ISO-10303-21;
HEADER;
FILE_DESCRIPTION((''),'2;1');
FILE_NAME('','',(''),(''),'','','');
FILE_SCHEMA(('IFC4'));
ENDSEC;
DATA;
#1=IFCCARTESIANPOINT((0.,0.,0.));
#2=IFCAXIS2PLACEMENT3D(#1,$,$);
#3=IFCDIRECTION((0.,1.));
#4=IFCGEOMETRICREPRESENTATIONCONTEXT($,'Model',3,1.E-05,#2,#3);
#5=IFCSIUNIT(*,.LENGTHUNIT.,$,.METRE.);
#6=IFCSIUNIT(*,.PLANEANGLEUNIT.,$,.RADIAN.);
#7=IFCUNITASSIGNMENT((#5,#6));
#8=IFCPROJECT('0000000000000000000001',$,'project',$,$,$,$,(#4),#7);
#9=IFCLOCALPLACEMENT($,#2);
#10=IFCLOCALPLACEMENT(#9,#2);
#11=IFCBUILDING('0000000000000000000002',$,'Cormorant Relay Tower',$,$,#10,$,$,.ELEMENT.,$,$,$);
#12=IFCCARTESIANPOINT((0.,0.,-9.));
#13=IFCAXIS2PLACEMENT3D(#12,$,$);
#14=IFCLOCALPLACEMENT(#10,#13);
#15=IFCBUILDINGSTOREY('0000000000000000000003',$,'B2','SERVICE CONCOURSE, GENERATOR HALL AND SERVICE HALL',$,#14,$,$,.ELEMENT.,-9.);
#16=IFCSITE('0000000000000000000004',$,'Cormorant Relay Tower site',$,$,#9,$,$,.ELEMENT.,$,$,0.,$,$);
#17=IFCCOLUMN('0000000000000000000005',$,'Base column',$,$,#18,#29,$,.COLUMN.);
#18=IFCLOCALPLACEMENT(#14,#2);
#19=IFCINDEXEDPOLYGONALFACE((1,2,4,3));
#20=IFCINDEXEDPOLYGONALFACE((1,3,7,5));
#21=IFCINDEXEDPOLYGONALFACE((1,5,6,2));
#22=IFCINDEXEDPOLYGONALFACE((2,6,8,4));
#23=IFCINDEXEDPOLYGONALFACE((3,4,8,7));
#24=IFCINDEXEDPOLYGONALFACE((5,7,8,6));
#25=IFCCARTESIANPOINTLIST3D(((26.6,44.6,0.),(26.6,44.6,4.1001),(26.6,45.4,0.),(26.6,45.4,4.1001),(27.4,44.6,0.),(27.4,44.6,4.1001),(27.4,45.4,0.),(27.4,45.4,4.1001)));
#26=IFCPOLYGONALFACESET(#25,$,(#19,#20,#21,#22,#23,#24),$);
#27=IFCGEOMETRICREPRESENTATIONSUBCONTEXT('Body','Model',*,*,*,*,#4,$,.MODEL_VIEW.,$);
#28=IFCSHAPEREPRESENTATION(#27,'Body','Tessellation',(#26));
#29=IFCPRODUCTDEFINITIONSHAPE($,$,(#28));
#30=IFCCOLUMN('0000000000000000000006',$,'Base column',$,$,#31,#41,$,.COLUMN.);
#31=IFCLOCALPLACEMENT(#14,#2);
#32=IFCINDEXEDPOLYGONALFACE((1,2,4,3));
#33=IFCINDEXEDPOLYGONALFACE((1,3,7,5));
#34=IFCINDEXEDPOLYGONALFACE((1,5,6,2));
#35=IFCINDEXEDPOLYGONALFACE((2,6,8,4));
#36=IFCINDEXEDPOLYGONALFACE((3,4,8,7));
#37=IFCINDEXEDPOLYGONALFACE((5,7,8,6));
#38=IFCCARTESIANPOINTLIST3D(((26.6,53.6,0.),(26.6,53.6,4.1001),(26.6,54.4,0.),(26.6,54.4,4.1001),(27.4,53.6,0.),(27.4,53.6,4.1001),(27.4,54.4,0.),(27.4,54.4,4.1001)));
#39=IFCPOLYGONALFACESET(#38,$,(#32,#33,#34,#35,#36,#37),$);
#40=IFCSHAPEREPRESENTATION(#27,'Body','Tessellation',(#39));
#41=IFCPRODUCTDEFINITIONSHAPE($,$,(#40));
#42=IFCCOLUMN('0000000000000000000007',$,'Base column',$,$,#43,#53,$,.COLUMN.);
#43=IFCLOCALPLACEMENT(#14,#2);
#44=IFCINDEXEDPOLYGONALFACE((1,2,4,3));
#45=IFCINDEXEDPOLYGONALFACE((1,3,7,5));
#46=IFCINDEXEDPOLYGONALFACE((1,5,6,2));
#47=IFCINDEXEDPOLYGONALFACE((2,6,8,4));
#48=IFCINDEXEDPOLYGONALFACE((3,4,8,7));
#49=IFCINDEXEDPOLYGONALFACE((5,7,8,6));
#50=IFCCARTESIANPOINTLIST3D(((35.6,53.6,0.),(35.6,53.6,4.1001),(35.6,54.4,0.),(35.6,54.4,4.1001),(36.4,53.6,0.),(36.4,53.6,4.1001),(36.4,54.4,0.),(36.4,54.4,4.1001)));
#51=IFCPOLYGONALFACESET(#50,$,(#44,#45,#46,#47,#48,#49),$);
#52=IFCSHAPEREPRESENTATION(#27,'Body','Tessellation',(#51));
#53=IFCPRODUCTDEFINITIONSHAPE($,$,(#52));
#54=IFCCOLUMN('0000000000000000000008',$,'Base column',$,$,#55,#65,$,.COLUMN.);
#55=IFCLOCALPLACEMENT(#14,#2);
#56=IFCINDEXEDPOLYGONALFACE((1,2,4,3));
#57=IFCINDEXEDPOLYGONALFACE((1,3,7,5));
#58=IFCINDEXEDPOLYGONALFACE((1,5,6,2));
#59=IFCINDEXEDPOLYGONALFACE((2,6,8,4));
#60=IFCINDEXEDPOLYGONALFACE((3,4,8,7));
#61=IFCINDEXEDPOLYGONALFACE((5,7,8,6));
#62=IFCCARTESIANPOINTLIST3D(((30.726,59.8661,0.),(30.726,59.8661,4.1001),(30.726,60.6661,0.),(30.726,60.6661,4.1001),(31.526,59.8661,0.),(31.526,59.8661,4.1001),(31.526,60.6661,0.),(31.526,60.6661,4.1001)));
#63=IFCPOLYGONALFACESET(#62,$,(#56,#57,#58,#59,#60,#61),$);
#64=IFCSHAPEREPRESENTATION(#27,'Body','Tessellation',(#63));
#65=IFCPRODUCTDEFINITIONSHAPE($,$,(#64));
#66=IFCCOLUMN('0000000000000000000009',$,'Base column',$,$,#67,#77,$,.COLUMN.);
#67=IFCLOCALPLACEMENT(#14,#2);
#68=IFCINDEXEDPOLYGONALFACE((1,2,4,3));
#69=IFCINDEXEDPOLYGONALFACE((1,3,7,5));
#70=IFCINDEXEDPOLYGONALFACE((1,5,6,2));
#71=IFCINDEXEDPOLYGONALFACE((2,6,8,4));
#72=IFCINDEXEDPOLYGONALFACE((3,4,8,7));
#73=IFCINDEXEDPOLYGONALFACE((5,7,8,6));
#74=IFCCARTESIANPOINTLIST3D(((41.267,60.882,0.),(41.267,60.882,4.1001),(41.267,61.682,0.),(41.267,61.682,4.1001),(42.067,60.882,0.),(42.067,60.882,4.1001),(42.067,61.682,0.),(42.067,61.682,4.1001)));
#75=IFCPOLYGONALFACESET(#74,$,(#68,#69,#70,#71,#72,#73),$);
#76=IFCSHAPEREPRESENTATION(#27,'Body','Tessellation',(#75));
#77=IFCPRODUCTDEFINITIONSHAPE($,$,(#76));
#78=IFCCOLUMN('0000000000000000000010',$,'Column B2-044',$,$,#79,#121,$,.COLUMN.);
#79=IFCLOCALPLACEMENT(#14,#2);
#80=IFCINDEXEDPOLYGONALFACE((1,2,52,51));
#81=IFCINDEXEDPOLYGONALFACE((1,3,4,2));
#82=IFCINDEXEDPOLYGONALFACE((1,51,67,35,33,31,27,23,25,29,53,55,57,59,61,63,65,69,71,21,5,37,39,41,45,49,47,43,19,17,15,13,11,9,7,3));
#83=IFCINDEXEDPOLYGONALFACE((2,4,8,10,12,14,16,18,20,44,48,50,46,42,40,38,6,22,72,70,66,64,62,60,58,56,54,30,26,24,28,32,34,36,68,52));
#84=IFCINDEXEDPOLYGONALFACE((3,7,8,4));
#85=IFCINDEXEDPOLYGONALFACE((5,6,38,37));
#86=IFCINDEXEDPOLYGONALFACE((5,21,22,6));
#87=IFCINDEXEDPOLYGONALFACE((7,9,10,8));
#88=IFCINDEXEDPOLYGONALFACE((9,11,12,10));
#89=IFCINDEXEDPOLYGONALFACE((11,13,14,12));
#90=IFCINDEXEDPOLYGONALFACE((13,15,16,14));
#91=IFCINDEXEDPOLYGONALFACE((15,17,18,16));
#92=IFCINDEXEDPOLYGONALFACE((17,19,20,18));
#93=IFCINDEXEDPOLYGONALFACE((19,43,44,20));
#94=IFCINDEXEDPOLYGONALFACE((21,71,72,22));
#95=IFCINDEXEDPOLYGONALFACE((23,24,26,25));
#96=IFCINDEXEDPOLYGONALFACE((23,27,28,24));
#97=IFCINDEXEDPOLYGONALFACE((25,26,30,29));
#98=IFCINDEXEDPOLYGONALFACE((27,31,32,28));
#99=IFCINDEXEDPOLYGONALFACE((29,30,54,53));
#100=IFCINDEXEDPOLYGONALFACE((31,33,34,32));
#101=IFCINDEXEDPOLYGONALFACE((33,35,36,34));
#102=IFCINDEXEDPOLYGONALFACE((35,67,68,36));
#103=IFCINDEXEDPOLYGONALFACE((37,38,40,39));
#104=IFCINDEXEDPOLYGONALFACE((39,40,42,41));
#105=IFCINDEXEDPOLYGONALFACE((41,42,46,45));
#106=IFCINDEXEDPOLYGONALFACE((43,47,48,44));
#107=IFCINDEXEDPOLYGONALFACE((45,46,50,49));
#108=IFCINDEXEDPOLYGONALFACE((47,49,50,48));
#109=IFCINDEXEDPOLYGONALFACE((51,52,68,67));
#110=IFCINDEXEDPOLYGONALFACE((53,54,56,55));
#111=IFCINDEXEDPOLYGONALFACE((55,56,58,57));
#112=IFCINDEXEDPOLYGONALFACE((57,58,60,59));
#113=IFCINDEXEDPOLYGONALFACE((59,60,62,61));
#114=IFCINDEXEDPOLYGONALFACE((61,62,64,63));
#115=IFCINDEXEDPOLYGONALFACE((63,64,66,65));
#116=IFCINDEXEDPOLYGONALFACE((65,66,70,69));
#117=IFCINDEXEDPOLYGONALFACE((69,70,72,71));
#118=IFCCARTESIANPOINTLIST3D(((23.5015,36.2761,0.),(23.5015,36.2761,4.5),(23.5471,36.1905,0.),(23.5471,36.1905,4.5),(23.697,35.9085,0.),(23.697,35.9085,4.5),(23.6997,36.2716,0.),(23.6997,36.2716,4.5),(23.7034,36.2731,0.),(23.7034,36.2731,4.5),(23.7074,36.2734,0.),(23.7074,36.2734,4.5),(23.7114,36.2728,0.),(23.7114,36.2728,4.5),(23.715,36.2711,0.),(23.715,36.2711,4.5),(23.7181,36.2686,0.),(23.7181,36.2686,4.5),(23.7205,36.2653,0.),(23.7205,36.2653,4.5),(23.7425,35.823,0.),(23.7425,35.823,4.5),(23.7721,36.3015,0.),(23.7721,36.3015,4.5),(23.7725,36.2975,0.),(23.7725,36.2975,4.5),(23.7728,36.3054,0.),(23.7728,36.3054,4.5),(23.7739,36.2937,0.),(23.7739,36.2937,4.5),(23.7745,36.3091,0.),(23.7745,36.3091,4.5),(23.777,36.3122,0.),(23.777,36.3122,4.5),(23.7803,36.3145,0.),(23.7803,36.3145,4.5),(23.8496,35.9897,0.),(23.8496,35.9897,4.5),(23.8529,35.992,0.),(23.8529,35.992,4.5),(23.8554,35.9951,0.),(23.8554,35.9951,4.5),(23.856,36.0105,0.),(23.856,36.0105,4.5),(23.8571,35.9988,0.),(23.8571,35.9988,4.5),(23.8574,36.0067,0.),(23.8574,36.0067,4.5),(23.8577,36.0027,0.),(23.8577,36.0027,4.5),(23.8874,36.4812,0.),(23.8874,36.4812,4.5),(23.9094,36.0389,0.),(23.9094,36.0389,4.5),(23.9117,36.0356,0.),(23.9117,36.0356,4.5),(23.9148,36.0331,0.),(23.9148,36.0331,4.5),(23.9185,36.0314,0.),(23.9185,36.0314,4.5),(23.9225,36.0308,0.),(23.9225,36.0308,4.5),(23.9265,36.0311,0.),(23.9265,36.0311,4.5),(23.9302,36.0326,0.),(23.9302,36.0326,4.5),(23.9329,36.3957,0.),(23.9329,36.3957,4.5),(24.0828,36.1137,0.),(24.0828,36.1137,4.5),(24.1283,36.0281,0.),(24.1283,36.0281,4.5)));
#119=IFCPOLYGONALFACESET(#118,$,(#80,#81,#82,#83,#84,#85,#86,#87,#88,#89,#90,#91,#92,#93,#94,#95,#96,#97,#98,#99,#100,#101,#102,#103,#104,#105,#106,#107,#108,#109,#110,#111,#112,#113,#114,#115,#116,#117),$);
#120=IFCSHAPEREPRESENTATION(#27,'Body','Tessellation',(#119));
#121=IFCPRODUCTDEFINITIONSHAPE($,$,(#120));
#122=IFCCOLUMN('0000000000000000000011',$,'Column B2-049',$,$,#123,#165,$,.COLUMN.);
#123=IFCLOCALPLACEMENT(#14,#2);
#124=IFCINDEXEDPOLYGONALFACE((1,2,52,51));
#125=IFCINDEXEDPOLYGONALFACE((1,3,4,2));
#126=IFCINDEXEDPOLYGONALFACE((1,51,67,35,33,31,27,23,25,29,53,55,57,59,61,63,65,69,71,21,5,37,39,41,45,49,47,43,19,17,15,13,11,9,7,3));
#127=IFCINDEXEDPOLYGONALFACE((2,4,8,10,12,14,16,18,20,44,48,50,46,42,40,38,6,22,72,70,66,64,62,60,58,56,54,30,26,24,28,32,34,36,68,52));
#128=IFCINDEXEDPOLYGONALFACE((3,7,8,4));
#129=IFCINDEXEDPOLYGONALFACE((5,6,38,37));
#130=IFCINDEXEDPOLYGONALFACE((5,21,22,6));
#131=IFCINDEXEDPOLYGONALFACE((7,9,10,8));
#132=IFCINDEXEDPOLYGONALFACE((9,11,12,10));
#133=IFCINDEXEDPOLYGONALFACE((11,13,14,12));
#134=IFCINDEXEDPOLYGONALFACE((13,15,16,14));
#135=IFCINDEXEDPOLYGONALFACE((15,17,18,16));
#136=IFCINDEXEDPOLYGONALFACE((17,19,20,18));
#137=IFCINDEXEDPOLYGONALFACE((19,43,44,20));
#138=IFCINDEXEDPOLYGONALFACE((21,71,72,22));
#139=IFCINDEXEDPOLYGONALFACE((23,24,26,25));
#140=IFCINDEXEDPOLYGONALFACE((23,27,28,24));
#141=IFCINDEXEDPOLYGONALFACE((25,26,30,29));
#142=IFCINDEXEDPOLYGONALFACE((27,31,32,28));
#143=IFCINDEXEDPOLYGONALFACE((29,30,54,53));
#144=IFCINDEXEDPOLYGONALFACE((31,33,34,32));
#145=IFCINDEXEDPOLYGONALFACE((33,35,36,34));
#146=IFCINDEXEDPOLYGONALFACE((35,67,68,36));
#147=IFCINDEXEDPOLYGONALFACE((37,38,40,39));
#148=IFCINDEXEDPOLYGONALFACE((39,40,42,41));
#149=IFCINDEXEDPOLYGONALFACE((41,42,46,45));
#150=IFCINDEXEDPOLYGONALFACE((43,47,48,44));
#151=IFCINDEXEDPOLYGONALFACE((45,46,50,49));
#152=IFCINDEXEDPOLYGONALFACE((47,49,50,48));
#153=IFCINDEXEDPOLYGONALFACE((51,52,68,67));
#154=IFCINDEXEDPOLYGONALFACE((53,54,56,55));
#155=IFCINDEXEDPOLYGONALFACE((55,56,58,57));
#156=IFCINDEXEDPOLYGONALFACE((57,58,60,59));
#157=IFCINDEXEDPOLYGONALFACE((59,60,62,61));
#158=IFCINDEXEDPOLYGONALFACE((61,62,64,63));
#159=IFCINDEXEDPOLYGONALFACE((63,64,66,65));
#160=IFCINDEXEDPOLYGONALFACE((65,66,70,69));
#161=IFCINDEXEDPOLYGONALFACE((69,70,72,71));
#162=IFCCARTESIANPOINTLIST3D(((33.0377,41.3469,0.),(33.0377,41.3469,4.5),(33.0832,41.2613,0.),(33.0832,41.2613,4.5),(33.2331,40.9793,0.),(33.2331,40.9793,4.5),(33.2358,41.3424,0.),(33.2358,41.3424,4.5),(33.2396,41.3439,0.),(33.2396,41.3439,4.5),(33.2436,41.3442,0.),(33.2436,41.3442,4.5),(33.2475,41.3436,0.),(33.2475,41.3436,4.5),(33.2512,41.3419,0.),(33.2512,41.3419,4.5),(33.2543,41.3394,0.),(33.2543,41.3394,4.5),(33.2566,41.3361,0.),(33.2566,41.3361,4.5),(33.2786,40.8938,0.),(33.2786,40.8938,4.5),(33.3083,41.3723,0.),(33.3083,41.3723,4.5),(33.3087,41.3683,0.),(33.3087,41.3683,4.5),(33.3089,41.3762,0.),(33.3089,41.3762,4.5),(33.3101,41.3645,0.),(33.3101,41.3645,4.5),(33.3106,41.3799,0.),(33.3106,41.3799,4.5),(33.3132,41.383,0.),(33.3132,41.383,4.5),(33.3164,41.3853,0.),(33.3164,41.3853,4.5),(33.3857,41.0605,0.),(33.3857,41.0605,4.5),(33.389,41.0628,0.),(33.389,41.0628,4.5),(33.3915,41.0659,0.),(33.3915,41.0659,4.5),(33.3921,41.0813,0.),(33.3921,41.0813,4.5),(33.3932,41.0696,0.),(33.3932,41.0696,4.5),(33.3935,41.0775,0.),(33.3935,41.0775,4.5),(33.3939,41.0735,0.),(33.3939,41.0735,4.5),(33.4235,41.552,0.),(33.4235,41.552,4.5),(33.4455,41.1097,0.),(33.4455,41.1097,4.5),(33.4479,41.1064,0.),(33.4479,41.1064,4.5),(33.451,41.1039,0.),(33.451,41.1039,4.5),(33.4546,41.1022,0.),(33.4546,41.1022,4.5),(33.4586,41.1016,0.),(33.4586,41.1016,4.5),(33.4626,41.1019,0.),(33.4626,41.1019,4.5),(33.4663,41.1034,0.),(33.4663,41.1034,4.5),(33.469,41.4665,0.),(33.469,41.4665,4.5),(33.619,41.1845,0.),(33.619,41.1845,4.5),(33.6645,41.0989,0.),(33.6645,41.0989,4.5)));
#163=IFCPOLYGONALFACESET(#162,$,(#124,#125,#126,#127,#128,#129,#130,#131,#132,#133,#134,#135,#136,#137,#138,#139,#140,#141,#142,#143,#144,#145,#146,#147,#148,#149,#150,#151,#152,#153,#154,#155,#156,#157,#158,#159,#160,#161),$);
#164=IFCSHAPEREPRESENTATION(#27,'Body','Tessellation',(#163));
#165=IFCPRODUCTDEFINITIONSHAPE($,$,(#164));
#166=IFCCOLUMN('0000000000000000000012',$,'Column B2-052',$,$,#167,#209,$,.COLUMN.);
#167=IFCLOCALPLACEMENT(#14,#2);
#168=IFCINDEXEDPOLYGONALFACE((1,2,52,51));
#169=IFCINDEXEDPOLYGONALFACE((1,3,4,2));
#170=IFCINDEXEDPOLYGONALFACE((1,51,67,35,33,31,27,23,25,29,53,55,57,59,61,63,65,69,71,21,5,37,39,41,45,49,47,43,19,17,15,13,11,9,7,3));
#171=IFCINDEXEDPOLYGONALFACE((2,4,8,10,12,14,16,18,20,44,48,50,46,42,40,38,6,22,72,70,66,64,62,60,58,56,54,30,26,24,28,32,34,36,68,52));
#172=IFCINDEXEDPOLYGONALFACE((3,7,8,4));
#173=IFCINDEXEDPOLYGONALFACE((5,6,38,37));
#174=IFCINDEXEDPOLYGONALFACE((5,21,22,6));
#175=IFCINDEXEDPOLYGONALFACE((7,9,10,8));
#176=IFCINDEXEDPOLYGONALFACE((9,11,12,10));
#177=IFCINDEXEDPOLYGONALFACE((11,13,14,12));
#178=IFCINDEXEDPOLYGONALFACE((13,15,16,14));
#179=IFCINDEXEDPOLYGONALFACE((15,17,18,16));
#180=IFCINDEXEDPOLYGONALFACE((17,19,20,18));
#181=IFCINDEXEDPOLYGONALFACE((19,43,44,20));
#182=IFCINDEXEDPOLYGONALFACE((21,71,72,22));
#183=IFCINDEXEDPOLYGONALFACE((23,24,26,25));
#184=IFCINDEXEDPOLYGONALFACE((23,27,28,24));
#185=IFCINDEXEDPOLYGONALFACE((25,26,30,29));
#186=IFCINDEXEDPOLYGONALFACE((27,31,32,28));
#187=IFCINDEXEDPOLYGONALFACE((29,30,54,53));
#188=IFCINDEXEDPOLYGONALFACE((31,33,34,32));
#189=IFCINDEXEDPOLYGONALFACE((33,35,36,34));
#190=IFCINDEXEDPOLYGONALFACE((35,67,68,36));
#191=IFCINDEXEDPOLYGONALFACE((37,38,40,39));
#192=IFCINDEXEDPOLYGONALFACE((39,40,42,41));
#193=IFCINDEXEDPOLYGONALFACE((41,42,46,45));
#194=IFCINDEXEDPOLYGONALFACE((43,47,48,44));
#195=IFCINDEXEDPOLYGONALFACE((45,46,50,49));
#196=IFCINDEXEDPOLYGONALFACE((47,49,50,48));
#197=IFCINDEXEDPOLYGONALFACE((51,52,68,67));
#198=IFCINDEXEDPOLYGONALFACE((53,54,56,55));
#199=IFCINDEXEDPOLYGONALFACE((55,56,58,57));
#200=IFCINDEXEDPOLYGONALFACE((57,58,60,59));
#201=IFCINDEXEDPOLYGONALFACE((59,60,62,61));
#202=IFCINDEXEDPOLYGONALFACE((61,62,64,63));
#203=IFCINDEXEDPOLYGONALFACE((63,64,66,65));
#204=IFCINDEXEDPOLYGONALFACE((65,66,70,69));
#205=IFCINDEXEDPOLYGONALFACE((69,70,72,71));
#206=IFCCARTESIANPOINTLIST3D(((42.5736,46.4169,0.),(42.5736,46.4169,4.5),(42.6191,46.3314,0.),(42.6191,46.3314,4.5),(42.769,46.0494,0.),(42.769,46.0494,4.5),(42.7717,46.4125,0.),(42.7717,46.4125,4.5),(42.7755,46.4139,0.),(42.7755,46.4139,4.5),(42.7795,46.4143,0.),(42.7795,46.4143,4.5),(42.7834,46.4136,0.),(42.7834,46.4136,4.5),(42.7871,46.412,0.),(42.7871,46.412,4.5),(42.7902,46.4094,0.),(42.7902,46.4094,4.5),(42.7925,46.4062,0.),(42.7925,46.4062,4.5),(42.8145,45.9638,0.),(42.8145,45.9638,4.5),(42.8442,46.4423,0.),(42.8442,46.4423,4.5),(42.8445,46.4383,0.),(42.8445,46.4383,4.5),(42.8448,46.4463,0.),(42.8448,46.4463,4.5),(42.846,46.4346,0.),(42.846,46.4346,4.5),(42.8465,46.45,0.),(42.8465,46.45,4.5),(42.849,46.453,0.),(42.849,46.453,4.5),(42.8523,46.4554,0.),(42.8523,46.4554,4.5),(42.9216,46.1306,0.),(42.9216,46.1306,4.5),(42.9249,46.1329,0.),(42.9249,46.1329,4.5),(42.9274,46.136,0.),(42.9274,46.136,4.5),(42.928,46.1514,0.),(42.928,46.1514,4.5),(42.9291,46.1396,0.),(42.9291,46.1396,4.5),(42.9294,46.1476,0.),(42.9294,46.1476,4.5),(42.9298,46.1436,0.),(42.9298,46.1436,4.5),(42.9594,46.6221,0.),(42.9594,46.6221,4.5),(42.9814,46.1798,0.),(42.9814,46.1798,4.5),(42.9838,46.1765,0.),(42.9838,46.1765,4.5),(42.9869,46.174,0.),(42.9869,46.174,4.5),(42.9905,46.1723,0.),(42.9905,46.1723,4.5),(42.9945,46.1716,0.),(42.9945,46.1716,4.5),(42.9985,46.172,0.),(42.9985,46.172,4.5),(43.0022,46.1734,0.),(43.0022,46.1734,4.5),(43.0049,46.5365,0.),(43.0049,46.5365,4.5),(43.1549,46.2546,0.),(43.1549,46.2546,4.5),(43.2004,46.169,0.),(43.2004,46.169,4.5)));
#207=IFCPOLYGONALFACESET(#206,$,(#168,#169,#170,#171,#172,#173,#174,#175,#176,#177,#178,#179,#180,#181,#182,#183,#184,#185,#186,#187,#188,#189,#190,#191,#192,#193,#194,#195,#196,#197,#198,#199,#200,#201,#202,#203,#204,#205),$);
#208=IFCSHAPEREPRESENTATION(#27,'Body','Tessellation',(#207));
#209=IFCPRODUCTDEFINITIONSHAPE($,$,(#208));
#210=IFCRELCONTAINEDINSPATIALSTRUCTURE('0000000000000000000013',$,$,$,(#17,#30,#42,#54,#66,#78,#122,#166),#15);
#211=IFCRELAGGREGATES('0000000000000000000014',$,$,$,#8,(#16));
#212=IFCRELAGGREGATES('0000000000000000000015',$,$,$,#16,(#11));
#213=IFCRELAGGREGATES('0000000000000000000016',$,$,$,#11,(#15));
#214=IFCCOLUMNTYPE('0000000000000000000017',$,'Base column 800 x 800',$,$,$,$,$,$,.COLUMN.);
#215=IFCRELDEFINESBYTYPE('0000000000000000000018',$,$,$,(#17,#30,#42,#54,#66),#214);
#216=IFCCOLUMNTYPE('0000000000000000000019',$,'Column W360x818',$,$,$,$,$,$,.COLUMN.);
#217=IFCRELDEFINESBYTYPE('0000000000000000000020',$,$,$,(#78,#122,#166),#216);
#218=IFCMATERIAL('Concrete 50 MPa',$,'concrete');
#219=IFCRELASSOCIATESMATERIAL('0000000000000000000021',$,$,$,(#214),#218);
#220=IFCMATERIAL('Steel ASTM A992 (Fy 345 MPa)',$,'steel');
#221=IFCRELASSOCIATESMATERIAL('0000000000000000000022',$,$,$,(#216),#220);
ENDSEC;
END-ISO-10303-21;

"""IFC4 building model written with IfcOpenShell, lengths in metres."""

from ifc_helpers import new_model, si_unit, direction, frame, origin, origin_2d, place, context, subcontext, project, spatial, rectangle, i_section, extrude, material, material_profile, profile_set, type_object, element, save


model = new_model("IFC4")

# Units and contexts
model_context = context("Model", 3, precision=1e-05, world=origin(), true_north=direction((0.0, 1.0)))
body_context = subcontext(model_context, "Body", "Model", "MODEL_VIEW")
ifc_project = project(units=[si_unit("LENGTHUNIT", "METRE"), si_unit("PLANEANGLEUNIT", "RADIAN")], contexts=[model_context])

# Site, building, storey
site_placement = place(None, origin())
site = spatial("IfcSite", under=ifc_project, at=site_placement, Name="Cormorant Relay Tower site", CompositionType="ELEMENT", RefElevation=0.0)
building_placement = place(site_placement, origin())
building = spatial("IfcBuilding", under=site, at=building_placement, Name="Cormorant Relay Tower", CompositionType="ELEMENT")
storey_placement = place(building_placement, frame((0.0, 0.0, -9.0)))
storey = spatial("IfcBuildingStorey", under=building, at=storey_placement, Name="B2", Description="SERVICE CONCOURSE, GENERATOR HALL AND SERVICE HALL", CompositionType="ELEMENT", Elevation=-9.0)

# Columns
ifc_material_1 = material(Name="Concrete 50 MPa", Category="concrete")
ifc_material_profile_1 = material_profile(ifc_material_1, rectangle(XDim=0.8, YDim=0.8, at=origin_2d()), Name="RC 800x800")
ifc_profile_set_1 = profile_set([ifc_material_profile_1], Name="Concrete 50 MPa")
column_type_1 = type_object("IfcColumnType", Name="Base column 800 x 800", PredefinedType="COLUMN", material=ifc_profile_set_1)
for number, where, z_axis, x_axis, name in (
    (1, (27.0, 45.0, 0.0), (0.0, 0.0, 1.0), (1.0, 0.0, 0.0), "Base column"),
    (2, (27.0, 54.0, 0.0), (0.0, 0.0, 1.0), (1.0, 0.0, 0.0), "Base column"),
    (3, (36.0, 54.0, 0.0), (0.0, 0.0, 1.0), (1.0, 0.0, 0.0), "Base column"),
    (4, (31.126, 60.2661, 0.0), (0.0, 0.0, 1.0), (1.0, 0.0, 0.0), "Base column"),
    (5, (41.667, 61.282, 0.0), (0.0, 0.0, 1.0), (1.0, 0.0, 0.0), "Base column"),
):
    element("IfcColumn", number, at=place(storey_placement, frame(where, z_axis=z_axis, x_axis=x_axis)), inside=storey, type_object=column_type_1, Name=name, PredefinedType="COLUMN", context=body_context, shape_type="SweptSolid", body=[
        extrude(rectangle(XDim=0.8, YDim=0.8, at=origin_2d()), origin(), (0.0, 0.0, 1.0), 4.1001),
    ])
ifc_material_2 = material(Name="Steel ASTM A992 (Fy 345 MPa)", Category="steel")
ifc_material_profile_2 = material_profile(ifc_material_2, i_section(OverallWidth=0.437, OverallDepth=0.5132, WebThickness=0.0605, FlangeThickness=0.0969, FilletRadius=0.0154, at=origin_2d()), Name="W360x818")
ifc_profile_set_2 = profile_set([ifc_material_profile_2], Name="Steel ASTM A992 (Fy 345 MPa)")
column_type_2 = type_object("IfcColumnType", Name="Column W360x818", PredefinedType="COLUMN", material=ifc_profile_set_2)
for number, where, z_axis, x_axis, name in (
    (6, (23.8149, 36.1521, 0.0), (0.0, 0.0, 1.0), (-0.882948, -0.469472, 0.0), "Column B2-044"),
    (7, (33.3511, 41.2229, 0.0), (0.0, 0.0, 1.0), (-0.882948, -0.469472, 0.0), "Column B2-049"),
    (8, (42.887, 46.293, 0.0), (0.0, 0.0, 1.0), (-0.882948, -0.469472, 0.0), "Column B2-052"),
):
    element("IfcColumn", number, at=place(storey_placement, frame(where, z_axis=z_axis, x_axis=x_axis)), inside=storey, type_object=column_type_2, Name=name, PredefinedType="COLUMN", context=body_context, shape_type="SweptSolid", body=[
        extrude(i_section(OverallWidth=0.437, OverallDepth=0.5132, WebThickness=0.0605, FlangeThickness=0.0969, FilletRadius=0.0154, at=origin_2d()), origin(), (0.0, 0.0, 1.0), 4.5),
    ])

save(model, "model.ifc")
